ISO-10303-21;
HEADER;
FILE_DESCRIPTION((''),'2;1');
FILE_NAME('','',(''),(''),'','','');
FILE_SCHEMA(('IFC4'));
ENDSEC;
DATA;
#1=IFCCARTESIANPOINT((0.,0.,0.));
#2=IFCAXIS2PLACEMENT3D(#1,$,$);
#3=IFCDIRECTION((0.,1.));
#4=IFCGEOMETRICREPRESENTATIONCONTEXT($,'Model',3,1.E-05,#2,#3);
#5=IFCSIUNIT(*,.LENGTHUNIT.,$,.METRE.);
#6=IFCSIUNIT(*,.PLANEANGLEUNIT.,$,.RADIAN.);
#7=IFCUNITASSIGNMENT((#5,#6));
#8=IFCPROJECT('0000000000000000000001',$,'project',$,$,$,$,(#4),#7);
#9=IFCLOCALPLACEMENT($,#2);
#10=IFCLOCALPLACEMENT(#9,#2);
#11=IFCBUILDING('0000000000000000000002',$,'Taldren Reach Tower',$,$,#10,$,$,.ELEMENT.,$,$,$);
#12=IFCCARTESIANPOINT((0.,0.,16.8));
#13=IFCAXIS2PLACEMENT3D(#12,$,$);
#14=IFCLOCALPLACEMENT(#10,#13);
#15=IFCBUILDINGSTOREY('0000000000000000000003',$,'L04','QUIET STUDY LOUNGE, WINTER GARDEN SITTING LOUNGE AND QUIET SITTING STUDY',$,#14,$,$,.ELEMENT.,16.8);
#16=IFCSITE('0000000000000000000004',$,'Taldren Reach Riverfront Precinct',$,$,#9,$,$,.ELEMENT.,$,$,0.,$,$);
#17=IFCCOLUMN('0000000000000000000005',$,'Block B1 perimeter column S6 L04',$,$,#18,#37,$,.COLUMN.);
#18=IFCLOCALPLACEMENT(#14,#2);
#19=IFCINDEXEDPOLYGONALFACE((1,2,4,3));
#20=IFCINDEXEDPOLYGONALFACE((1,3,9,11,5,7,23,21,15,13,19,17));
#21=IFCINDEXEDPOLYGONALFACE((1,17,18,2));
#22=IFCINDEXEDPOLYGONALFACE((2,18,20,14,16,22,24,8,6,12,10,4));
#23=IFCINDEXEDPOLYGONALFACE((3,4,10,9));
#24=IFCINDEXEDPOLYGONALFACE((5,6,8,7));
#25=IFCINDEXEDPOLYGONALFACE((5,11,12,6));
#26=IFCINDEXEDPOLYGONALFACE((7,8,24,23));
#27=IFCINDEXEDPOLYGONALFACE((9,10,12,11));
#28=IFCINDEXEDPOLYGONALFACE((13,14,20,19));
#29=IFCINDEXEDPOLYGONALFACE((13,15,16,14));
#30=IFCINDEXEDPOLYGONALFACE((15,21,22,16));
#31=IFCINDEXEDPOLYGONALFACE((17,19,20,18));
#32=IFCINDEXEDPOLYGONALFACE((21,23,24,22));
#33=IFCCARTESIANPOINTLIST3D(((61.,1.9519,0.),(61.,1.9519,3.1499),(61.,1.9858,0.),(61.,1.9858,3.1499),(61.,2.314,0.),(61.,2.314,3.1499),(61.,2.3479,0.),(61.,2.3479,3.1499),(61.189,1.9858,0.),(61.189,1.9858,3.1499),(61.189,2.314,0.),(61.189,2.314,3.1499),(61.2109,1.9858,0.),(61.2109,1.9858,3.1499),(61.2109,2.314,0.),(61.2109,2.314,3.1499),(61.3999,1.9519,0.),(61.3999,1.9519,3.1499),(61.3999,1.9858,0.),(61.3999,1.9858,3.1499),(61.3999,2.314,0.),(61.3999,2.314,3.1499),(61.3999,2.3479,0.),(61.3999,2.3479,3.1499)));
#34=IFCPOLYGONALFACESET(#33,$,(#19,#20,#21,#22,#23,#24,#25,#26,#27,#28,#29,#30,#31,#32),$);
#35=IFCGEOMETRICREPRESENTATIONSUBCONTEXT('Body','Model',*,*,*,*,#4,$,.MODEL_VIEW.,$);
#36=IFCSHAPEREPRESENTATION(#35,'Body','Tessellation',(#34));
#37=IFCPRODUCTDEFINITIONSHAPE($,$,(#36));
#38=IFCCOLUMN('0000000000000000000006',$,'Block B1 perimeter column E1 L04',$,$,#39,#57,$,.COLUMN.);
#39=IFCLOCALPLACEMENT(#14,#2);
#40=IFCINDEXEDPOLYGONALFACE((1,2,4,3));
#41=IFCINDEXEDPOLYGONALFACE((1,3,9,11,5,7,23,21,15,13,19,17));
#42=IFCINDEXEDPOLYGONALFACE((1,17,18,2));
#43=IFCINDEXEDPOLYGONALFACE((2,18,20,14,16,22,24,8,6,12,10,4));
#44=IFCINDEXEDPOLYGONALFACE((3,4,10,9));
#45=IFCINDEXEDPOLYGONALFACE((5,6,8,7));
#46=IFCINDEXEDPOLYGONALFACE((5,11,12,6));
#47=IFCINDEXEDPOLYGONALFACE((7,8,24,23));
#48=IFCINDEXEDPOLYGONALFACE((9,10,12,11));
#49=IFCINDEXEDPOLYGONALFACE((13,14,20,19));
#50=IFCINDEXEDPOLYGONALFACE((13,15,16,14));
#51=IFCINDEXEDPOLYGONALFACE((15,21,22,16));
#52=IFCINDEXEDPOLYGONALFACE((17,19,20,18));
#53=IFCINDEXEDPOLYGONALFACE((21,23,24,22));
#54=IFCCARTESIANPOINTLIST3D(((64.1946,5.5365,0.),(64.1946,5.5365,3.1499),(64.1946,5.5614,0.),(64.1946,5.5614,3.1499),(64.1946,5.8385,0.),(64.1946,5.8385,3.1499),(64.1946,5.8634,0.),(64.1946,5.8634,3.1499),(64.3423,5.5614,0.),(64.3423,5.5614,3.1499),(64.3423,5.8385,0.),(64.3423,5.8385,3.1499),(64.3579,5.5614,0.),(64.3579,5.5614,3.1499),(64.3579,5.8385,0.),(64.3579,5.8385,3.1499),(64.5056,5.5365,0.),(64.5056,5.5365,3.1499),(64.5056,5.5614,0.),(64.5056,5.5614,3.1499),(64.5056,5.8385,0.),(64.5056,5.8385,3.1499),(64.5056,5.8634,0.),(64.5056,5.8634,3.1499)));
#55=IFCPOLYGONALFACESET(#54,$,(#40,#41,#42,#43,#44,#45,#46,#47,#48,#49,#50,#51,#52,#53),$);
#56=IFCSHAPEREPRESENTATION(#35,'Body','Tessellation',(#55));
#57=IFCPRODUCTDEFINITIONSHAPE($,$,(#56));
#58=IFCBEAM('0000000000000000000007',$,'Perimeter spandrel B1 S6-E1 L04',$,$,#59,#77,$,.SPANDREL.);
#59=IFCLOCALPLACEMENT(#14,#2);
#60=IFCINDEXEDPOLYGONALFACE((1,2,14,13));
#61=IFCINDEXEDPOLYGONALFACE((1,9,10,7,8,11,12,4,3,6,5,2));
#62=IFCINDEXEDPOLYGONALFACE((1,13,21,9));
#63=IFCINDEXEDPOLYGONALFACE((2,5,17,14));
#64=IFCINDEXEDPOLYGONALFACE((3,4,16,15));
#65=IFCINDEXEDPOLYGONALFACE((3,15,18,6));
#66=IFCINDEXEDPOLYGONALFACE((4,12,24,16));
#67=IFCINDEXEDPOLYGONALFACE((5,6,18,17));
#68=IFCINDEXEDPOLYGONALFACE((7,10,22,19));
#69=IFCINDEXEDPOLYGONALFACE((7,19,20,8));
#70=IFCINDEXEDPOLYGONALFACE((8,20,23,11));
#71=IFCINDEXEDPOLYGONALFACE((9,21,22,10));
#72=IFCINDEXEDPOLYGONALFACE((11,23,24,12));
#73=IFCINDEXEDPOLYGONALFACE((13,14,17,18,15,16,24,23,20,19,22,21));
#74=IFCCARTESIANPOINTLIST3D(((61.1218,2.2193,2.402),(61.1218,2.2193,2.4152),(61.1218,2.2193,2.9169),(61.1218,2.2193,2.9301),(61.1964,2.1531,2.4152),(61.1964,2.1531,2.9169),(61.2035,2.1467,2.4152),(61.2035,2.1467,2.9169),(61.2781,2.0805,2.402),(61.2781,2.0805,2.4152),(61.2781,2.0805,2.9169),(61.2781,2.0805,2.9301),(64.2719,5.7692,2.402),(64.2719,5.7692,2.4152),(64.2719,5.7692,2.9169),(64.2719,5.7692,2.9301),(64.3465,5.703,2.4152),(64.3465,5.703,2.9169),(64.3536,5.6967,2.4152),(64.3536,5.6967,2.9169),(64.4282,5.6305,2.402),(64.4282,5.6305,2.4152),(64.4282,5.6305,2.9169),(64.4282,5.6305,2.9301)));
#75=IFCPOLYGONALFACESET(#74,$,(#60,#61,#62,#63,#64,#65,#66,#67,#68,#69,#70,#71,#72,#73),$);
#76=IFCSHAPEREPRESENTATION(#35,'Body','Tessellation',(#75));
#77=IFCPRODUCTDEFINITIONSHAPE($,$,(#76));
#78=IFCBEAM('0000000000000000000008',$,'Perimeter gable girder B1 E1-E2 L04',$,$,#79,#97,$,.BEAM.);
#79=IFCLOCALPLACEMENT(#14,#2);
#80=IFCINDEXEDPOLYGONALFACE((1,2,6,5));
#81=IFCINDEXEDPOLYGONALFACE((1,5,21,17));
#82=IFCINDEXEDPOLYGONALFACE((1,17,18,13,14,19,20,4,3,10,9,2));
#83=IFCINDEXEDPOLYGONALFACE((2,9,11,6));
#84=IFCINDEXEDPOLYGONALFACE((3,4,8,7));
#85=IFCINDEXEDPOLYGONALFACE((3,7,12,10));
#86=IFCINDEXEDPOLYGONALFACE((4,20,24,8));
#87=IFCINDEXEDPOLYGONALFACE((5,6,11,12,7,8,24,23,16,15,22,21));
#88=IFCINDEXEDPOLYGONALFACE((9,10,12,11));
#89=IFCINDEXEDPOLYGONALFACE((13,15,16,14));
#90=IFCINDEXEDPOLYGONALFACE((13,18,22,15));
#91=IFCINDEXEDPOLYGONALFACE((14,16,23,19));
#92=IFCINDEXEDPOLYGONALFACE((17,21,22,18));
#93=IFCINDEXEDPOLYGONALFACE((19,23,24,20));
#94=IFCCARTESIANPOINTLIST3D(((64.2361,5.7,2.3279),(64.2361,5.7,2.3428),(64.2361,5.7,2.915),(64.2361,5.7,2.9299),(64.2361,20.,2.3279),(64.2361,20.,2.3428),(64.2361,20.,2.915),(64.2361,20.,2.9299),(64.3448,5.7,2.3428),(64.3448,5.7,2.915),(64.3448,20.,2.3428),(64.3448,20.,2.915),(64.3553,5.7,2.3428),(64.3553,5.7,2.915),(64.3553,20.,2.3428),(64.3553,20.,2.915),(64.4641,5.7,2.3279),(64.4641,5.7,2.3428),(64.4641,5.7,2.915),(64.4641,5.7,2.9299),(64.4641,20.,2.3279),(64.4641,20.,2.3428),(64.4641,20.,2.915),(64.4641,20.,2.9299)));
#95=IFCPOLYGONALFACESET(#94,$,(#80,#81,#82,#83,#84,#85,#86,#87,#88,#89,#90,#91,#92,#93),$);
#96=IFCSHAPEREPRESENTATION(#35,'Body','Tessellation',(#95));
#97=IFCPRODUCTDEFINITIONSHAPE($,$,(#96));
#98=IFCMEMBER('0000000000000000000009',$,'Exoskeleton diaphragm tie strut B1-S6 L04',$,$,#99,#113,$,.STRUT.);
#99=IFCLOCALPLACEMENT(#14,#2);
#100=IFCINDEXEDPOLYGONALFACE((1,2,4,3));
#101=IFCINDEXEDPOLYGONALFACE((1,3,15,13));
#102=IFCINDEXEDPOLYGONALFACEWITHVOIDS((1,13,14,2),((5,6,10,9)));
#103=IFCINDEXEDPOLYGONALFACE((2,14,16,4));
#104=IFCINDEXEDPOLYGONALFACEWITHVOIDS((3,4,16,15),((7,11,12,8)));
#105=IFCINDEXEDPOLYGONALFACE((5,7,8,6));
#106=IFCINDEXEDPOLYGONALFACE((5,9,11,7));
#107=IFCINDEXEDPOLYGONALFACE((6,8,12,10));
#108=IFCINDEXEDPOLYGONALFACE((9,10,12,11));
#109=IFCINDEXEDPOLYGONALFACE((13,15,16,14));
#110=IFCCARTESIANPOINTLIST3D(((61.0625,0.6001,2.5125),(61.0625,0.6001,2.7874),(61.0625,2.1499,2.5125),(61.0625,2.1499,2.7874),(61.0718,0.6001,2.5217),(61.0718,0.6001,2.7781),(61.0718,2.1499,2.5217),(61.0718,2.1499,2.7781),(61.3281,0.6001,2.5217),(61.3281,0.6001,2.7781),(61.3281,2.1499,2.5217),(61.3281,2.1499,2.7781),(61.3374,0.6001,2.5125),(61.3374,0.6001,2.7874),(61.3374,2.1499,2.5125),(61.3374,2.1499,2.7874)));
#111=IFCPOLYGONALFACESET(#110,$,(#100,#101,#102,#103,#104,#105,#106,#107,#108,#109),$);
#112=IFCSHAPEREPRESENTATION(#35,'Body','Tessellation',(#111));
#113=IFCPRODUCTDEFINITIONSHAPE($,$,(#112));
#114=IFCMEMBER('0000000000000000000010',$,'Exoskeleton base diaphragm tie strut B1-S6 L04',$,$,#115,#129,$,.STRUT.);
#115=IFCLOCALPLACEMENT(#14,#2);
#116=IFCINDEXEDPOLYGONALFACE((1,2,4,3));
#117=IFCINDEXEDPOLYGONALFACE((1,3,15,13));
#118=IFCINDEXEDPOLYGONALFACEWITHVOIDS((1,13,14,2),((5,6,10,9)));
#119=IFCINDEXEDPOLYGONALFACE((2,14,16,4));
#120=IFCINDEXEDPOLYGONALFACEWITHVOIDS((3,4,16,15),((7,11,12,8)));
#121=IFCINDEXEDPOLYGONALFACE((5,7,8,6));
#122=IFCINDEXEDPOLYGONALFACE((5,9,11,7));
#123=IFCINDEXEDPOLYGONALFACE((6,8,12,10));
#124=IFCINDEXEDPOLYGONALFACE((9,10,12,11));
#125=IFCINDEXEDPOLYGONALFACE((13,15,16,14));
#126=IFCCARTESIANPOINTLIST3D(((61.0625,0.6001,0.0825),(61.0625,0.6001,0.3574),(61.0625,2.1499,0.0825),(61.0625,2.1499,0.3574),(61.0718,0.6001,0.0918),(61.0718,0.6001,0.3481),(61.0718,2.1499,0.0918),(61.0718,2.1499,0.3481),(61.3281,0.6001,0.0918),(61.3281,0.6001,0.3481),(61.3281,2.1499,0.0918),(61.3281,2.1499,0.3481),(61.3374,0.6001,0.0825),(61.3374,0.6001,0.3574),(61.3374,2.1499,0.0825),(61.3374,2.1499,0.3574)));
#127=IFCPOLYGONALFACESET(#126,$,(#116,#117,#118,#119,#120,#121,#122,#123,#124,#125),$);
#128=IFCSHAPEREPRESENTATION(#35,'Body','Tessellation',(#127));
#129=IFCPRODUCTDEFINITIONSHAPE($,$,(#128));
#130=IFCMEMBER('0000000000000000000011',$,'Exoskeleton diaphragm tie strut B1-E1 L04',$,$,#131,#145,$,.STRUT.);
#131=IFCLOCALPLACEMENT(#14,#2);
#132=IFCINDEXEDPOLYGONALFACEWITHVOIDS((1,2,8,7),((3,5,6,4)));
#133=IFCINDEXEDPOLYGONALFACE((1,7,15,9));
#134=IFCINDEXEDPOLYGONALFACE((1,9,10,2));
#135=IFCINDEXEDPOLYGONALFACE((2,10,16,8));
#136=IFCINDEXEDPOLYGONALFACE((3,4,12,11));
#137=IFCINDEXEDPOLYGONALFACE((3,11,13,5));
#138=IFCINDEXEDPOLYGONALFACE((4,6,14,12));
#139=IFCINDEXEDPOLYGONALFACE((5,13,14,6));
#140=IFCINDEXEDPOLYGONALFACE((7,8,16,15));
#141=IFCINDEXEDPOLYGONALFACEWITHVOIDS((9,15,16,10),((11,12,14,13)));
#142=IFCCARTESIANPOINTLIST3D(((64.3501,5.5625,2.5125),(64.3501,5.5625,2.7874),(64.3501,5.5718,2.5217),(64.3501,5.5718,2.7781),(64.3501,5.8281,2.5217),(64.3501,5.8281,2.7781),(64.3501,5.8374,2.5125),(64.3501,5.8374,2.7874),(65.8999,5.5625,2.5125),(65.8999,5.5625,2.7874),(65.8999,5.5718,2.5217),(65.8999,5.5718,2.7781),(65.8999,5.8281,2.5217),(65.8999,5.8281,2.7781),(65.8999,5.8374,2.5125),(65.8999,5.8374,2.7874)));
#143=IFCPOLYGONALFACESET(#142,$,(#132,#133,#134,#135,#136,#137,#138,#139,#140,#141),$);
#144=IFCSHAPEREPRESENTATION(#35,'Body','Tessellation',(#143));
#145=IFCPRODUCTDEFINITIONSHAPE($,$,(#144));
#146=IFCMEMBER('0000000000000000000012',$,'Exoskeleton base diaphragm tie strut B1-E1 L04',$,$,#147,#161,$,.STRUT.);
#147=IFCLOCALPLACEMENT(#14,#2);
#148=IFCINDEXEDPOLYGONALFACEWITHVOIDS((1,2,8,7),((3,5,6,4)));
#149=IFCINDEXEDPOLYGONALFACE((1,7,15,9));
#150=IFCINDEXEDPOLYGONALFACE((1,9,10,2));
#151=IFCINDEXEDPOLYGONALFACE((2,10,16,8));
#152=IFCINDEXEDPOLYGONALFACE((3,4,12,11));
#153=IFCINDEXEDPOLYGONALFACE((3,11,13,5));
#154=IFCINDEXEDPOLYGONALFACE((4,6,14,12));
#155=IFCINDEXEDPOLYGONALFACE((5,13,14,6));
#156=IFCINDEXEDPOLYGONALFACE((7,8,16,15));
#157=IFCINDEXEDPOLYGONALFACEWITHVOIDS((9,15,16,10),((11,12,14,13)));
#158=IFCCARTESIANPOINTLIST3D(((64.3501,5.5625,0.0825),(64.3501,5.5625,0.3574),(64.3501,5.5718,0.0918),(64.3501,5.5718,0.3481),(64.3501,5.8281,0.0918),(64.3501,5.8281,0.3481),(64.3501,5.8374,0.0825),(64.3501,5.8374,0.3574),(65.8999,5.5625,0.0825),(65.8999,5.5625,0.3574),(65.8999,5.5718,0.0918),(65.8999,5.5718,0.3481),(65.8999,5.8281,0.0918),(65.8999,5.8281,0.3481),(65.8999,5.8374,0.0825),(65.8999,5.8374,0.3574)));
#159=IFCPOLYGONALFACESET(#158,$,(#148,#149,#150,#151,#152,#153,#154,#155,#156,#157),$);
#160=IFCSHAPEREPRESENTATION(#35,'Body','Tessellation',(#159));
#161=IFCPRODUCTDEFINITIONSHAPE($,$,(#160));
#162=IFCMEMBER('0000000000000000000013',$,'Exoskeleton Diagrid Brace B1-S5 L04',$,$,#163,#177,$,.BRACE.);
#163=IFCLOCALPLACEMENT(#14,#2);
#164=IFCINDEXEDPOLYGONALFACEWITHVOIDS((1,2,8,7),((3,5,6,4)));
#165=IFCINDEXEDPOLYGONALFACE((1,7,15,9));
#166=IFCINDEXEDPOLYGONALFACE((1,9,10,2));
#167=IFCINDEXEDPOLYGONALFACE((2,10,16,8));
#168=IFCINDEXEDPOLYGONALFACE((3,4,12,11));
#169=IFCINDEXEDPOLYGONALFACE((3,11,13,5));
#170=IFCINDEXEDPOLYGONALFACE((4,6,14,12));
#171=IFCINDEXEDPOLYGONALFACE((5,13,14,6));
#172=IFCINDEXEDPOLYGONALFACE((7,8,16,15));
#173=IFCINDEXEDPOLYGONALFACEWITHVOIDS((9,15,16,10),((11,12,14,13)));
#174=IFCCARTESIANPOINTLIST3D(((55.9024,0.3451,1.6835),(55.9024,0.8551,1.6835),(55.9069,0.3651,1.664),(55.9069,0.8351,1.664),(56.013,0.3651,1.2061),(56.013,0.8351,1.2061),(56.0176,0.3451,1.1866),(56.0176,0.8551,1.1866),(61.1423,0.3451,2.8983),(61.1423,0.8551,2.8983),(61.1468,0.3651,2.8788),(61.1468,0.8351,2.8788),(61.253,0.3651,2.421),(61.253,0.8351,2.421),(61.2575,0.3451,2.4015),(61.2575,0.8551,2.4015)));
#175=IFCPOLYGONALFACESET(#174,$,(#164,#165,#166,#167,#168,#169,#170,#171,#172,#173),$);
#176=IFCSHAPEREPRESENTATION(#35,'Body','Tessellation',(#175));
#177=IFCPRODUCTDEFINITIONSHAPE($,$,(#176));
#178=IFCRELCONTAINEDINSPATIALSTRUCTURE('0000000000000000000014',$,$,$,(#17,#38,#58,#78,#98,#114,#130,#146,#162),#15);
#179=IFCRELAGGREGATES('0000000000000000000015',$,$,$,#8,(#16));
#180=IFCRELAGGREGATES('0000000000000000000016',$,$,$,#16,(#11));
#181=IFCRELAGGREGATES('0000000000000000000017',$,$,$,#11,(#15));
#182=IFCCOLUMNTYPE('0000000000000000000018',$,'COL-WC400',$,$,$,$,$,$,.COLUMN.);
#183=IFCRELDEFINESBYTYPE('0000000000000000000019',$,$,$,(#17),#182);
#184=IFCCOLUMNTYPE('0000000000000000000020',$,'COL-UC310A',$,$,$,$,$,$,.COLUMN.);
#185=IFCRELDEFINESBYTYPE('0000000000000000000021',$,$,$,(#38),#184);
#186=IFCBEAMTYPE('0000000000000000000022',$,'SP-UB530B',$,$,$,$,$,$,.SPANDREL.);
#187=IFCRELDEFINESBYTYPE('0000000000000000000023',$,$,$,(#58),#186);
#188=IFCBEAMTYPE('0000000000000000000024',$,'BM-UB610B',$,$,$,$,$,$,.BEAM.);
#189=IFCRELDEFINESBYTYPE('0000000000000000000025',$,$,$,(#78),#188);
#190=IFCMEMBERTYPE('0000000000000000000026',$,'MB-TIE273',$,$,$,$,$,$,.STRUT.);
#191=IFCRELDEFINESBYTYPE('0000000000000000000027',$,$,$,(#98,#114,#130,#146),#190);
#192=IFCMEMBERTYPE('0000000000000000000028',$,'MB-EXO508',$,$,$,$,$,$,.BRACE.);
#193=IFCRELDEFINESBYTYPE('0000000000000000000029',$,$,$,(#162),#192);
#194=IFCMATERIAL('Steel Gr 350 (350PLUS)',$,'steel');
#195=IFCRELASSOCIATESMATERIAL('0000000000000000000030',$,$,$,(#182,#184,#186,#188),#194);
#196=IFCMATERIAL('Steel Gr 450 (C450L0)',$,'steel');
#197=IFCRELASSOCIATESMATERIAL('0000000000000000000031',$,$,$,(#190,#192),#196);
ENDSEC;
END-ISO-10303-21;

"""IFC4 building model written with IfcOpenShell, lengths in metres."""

from ifc_helpers import new_model, si_unit, direction, frame, origin, origin_2d, place, context, subcontext, project, spatial, hollow_rectangle, i_section, extrude, source, transform, mapped, material, material_profile, profile_set, type_object, element, save


model = new_model("IFC4")

# Units and contexts
model_context = context("Model", 3, precision=1e-05, world=origin(), true_north=direction((0.0, 1.0)))
body_context = subcontext(model_context, "Body", "Model", "MODEL_VIEW")
ifc_project = project(units=[si_unit("LENGTHUNIT", "METRE"), si_unit("PLANEANGLEUNIT", "RADIAN")], contexts=[model_context])

# Site, building, storey
site_placement = place(None, origin())
site = spatial("IfcSite", under=ifc_project, at=site_placement, Name="Taldren Reach Riverfront Precinct", CompositionType="ELEMENT", RefElevation=0.0)
building_placement = place(site_placement, origin())
building = spatial("IfcBuilding", under=site, at=building_placement, Name="Taldren Reach Tower", CompositionType="ELEMENT")
storey_placement = place(building_placement, frame((0.0, 0.0, 16.8)))
storey = spatial("IfcBuildingStorey", under=building, at=storey_placement, Name="L04", Description="QUIET STUDY LOUNGE, WINTER GARDEN SITTING LOUNGE AND QUIET SITTING STUDY", CompositionType="ELEMENT", Elevation=16.8)

# Columns
ifc_material_1 = material(Name="Steel Gr 350 (350PLUS)", Category="steel")
ifc_material_profile_1 = material_profile(ifc_material_1, i_section(OverallWidth=0.3999, OverallDepth=0.396, WebThickness=0.022, FlangeThickness=0.0339, at=origin_2d()), Name="400WC270")
ifc_profile_set_1 = profile_set([ifc_material_profile_1], Name="Steel Gr 350 (350PLUS)")
column_type_1 = type_object("IfcColumnType", Name="COL-WC400", PredefinedType="COLUMN", material=ifc_profile_set_1)
shared_shape_1 = source(origin(), body_context, "Body", "SweptSolid", [
    extrude(i_section(OverallWidth=0.3999, OverallDepth=0.396, WebThickness=0.022, FlangeThickness=0.0339, at=origin_2d()), origin(), (0.0, 0.0, 1.0), 3.1499),
])
column_1_placement = place(storey_placement, frame((61.2, 2.1499, 0.0), z_axis=(0.0, 0.0, 1.0), x_axis=(1.0, 0.0, 0.0)))
element("IfcColumn", 1, at=column_1_placement, inside=storey, type_object=column_type_1, Name="Block B1 perimeter column S6 L04", PredefinedType="COLUMN", context=body_context, shape_type="MappedRepresentation", body=[
    mapped(shared_shape_1, transform((0.0, 0.0, 0.0), scale=1.0)),
])
ifc_material_profile_2 = material_profile(ifc_material_1, i_section(OverallWidth=0.311, OverallDepth=0.3269, WebThickness=0.0156, FlangeThickness=0.0249, at=origin_2d()), Name="310UC158")
ifc_profile_set_2 = profile_set([ifc_material_profile_2], Name="Steel Gr 350 (350PLUS)")
column_type_2 = type_object("IfcColumnType", Name="COL-UC310A", PredefinedType="COLUMN", material=ifc_profile_set_2)
shared_shape_2 = source(origin(), body_context, "Body", "SweptSolid", [
    extrude(i_section(OverallWidth=0.311, OverallDepth=0.3269, WebThickness=0.0156, FlangeThickness=0.0249, at=origin_2d()), origin(), (0.0, 0.0, 1.0), 3.1499),
])
column_2_placement = place(storey_placement, frame((64.3501, 5.7, 0.0), z_axis=(0.0, 0.0, 1.0), x_axis=(1.0, 0.0, 0.0)))
element("IfcColumn", 2, at=column_2_placement, inside=storey, type_object=column_type_2, Name="Block B1 perimeter column E1 L04", PredefinedType="COLUMN", context=body_context, shape_type="MappedRepresentation", body=[
    mapped(shared_shape_2, transform((0.0, 0.0, 0.0), scale=1.0)),
])

# Beams
ifc_material_profile_3 = material_profile(ifc_material_1, i_section(OverallWidth=0.209, OverallDepth=0.5281, WebThickness=0.0095, FlangeThickness=0.0132, at=origin_2d()), Name="530UB82.0")
ifc_profile_set_3 = profile_set([ifc_material_profile_3], Name="Steel Gr 350 (350PLUS)")
beam_type_1 = type_object("IfcBeamType", Name="SP-UB530B", PredefinedType="SPANDREL", material=ifc_profile_set_3)
shared_shape_3 = source(origin(), body_context, "Body", "SweptSolid", [
    extrude(i_section(OverallWidth=0.209, OverallDepth=0.5281, WebThickness=0.0095, FlangeThickness=0.0132, at=origin_2d()), origin(), (0.0, 0.0, 1.0), 4.7461),
])
beam_1_placement = place(storey_placement, frame((61.2, 2.1499, 2.666), z_axis=(0.663722, 0.747979, 0.0), x_axis=(-0.747979, 0.663722, 0.0)))
element("IfcBeam", 3, at=beam_1_placement, inside=storey, type_object=beam_type_1, Name="Perimeter spandrel B1 S6-E1 L04", PredefinedType="SPANDREL", context=body_context, shape_type="MappedRepresentation", body=[
    mapped(shared_shape_3, transform((0.0, 0.0, 0.0), scale=1.0)),
])
ifc_material_profile_4 = material_profile(ifc_material_1, i_section(OverallWidth=0.228, OverallDepth=0.6021, WebThickness=0.0105, FlangeThickness=0.0149, at=origin_2d()), Name="610UB101")
ifc_profile_set_4 = profile_set([ifc_material_profile_4], Name="Steel Gr 350 (350PLUS)")
beam_type_2 = type_object("IfcBeamType", Name="BM-UB610B", PredefinedType="BEAM", material=ifc_profile_set_4)
shared_shape_4 = source(origin(), body_context, "Body", "SweptSolid", [
    extrude(i_section(OverallWidth=0.228, OverallDepth=0.6021, WebThickness=0.0105, FlangeThickness=0.0149, at=origin_2d()), origin(), (0.0, 0.0, 1.0), 14.3),
])
beam_2_placement = place(storey_placement, frame((64.3501, 5.7, 2.6289), z_axis=(0.0, 1.0, 0.0), x_axis=(-1.0, 0.0, 0.0)))
element("IfcBeam", 4, at=beam_2_placement, inside=storey, type_object=beam_type_2, Name="Perimeter gable girder B1 E1-E2 L04", PredefinedType="BEAM", context=body_context, shape_type="MappedRepresentation", body=[
    mapped(shared_shape_4, transform((0.0, 0.0, 0.0), scale=1.0)),
])

# Members
ifc_material_2 = material(Name="Steel Gr 450 (C450L0)", Category="steel")
ifc_material_profile_5 = material_profile(ifc_material_2, hollow_rectangle(XDim=0.2749, YDim=0.2749, WallThickness=0.0093, at=origin_2d()), Name="275x275x9.3SHS")
ifc_profile_set_5 = profile_set([ifc_material_profile_5], Name="Steel Gr 450 (C450L0)")
member_type_1 = type_object("IfcMemberType", Name="MB-TIE273", PredefinedType="STRUT", material=ifc_profile_set_5)
shared_shape_5 = source(origin(), body_context, "Body", "SweptSolid", [
    extrude(hollow_rectangle(XDim=0.2749, YDim=0.2749, WallThickness=0.0093, at=origin_2d()), origin(), (0.0, 0.0, 1.0), 1.5498),
])
for number, where, z_axis, x_axis, name in (
    (5, (61.2, 2.1499, 2.6499), (0.0, -1.0, 0.0), (1.0, 0.0, 0.0), "Exoskeleton diaphragm tie strut B1-S6 L04"),
    (6, (61.2, 2.1499, 0.22), (0.0, -1.0, 0.0), (1.0, 0.0, 0.0), "Exoskeleton base diaphragm tie strut B1-S6 L04"),
    (7, (64.3501, 5.7, 2.6499), (1.0, 0.0, 0.0), (0.0, 1.0, 0.0), "Exoskeleton diaphragm tie strut B1-E1 L04"),
    (8, (64.3501, 5.7, 0.22), (1.0, 0.0, 0.0), (0.0, 1.0, 0.0), "Exoskeleton base diaphragm tie strut B1-E1 L04"),
):
    element("IfcMember", number, at=place(storey_placement, frame(where, z_axis=z_axis, x_axis=x_axis)), inside=storey, type_object=member_type_1, Name=name, PredefinedType="STRUT", context=body_context, shape_type="MappedRepresentation", body=[
        mapped(shared_shape_5, transform((0.0, 0.0, 0.0), scale=1.0)),
    ])
ifc_material_profile_6 = material_profile(ifc_material_2, hollow_rectangle(XDim=0.51, YDim=0.51, WallThickness=0.02, at=origin_2d()), Name="510x510x20.0SHS")
ifc_profile_set_6 = profile_set([ifc_material_profile_6], Name="Steel Gr 450 (C450L0)")
member_type_2 = type_object("IfcMemberType", Name="MB-EXO508", PredefinedType="BRACE", material=ifc_profile_set_6)
shared_shape_6 = source(origin(), body_context, "Body", "SweptSolid", [
    extrude(hollow_rectangle(XDim=0.51, YDim=0.51, WallThickness=0.02, at=origin_2d()), origin(), (0.0, 0.0, 1.0), 5.3789),
])
member_1_placement = place(storey_placement, frame((55.96, 0.6001, 1.4351), z_axis=(0.974162, 0.0, 0.225851), x_axis=(0.0, 1.0, 0.0)))
element("IfcMember", 9, at=member_1_placement, inside=storey, type_object=member_type_2, Name="Exoskeleton Diagrid Brace B1-S5 L04", PredefinedType="BRACE", context=body_context, shape_type="MappedRepresentation", body=[
    mapped(shared_shape_6, transform((0.0, 0.0, 0.0), scale=1.0)),
])

save(model, "model.ifc")
